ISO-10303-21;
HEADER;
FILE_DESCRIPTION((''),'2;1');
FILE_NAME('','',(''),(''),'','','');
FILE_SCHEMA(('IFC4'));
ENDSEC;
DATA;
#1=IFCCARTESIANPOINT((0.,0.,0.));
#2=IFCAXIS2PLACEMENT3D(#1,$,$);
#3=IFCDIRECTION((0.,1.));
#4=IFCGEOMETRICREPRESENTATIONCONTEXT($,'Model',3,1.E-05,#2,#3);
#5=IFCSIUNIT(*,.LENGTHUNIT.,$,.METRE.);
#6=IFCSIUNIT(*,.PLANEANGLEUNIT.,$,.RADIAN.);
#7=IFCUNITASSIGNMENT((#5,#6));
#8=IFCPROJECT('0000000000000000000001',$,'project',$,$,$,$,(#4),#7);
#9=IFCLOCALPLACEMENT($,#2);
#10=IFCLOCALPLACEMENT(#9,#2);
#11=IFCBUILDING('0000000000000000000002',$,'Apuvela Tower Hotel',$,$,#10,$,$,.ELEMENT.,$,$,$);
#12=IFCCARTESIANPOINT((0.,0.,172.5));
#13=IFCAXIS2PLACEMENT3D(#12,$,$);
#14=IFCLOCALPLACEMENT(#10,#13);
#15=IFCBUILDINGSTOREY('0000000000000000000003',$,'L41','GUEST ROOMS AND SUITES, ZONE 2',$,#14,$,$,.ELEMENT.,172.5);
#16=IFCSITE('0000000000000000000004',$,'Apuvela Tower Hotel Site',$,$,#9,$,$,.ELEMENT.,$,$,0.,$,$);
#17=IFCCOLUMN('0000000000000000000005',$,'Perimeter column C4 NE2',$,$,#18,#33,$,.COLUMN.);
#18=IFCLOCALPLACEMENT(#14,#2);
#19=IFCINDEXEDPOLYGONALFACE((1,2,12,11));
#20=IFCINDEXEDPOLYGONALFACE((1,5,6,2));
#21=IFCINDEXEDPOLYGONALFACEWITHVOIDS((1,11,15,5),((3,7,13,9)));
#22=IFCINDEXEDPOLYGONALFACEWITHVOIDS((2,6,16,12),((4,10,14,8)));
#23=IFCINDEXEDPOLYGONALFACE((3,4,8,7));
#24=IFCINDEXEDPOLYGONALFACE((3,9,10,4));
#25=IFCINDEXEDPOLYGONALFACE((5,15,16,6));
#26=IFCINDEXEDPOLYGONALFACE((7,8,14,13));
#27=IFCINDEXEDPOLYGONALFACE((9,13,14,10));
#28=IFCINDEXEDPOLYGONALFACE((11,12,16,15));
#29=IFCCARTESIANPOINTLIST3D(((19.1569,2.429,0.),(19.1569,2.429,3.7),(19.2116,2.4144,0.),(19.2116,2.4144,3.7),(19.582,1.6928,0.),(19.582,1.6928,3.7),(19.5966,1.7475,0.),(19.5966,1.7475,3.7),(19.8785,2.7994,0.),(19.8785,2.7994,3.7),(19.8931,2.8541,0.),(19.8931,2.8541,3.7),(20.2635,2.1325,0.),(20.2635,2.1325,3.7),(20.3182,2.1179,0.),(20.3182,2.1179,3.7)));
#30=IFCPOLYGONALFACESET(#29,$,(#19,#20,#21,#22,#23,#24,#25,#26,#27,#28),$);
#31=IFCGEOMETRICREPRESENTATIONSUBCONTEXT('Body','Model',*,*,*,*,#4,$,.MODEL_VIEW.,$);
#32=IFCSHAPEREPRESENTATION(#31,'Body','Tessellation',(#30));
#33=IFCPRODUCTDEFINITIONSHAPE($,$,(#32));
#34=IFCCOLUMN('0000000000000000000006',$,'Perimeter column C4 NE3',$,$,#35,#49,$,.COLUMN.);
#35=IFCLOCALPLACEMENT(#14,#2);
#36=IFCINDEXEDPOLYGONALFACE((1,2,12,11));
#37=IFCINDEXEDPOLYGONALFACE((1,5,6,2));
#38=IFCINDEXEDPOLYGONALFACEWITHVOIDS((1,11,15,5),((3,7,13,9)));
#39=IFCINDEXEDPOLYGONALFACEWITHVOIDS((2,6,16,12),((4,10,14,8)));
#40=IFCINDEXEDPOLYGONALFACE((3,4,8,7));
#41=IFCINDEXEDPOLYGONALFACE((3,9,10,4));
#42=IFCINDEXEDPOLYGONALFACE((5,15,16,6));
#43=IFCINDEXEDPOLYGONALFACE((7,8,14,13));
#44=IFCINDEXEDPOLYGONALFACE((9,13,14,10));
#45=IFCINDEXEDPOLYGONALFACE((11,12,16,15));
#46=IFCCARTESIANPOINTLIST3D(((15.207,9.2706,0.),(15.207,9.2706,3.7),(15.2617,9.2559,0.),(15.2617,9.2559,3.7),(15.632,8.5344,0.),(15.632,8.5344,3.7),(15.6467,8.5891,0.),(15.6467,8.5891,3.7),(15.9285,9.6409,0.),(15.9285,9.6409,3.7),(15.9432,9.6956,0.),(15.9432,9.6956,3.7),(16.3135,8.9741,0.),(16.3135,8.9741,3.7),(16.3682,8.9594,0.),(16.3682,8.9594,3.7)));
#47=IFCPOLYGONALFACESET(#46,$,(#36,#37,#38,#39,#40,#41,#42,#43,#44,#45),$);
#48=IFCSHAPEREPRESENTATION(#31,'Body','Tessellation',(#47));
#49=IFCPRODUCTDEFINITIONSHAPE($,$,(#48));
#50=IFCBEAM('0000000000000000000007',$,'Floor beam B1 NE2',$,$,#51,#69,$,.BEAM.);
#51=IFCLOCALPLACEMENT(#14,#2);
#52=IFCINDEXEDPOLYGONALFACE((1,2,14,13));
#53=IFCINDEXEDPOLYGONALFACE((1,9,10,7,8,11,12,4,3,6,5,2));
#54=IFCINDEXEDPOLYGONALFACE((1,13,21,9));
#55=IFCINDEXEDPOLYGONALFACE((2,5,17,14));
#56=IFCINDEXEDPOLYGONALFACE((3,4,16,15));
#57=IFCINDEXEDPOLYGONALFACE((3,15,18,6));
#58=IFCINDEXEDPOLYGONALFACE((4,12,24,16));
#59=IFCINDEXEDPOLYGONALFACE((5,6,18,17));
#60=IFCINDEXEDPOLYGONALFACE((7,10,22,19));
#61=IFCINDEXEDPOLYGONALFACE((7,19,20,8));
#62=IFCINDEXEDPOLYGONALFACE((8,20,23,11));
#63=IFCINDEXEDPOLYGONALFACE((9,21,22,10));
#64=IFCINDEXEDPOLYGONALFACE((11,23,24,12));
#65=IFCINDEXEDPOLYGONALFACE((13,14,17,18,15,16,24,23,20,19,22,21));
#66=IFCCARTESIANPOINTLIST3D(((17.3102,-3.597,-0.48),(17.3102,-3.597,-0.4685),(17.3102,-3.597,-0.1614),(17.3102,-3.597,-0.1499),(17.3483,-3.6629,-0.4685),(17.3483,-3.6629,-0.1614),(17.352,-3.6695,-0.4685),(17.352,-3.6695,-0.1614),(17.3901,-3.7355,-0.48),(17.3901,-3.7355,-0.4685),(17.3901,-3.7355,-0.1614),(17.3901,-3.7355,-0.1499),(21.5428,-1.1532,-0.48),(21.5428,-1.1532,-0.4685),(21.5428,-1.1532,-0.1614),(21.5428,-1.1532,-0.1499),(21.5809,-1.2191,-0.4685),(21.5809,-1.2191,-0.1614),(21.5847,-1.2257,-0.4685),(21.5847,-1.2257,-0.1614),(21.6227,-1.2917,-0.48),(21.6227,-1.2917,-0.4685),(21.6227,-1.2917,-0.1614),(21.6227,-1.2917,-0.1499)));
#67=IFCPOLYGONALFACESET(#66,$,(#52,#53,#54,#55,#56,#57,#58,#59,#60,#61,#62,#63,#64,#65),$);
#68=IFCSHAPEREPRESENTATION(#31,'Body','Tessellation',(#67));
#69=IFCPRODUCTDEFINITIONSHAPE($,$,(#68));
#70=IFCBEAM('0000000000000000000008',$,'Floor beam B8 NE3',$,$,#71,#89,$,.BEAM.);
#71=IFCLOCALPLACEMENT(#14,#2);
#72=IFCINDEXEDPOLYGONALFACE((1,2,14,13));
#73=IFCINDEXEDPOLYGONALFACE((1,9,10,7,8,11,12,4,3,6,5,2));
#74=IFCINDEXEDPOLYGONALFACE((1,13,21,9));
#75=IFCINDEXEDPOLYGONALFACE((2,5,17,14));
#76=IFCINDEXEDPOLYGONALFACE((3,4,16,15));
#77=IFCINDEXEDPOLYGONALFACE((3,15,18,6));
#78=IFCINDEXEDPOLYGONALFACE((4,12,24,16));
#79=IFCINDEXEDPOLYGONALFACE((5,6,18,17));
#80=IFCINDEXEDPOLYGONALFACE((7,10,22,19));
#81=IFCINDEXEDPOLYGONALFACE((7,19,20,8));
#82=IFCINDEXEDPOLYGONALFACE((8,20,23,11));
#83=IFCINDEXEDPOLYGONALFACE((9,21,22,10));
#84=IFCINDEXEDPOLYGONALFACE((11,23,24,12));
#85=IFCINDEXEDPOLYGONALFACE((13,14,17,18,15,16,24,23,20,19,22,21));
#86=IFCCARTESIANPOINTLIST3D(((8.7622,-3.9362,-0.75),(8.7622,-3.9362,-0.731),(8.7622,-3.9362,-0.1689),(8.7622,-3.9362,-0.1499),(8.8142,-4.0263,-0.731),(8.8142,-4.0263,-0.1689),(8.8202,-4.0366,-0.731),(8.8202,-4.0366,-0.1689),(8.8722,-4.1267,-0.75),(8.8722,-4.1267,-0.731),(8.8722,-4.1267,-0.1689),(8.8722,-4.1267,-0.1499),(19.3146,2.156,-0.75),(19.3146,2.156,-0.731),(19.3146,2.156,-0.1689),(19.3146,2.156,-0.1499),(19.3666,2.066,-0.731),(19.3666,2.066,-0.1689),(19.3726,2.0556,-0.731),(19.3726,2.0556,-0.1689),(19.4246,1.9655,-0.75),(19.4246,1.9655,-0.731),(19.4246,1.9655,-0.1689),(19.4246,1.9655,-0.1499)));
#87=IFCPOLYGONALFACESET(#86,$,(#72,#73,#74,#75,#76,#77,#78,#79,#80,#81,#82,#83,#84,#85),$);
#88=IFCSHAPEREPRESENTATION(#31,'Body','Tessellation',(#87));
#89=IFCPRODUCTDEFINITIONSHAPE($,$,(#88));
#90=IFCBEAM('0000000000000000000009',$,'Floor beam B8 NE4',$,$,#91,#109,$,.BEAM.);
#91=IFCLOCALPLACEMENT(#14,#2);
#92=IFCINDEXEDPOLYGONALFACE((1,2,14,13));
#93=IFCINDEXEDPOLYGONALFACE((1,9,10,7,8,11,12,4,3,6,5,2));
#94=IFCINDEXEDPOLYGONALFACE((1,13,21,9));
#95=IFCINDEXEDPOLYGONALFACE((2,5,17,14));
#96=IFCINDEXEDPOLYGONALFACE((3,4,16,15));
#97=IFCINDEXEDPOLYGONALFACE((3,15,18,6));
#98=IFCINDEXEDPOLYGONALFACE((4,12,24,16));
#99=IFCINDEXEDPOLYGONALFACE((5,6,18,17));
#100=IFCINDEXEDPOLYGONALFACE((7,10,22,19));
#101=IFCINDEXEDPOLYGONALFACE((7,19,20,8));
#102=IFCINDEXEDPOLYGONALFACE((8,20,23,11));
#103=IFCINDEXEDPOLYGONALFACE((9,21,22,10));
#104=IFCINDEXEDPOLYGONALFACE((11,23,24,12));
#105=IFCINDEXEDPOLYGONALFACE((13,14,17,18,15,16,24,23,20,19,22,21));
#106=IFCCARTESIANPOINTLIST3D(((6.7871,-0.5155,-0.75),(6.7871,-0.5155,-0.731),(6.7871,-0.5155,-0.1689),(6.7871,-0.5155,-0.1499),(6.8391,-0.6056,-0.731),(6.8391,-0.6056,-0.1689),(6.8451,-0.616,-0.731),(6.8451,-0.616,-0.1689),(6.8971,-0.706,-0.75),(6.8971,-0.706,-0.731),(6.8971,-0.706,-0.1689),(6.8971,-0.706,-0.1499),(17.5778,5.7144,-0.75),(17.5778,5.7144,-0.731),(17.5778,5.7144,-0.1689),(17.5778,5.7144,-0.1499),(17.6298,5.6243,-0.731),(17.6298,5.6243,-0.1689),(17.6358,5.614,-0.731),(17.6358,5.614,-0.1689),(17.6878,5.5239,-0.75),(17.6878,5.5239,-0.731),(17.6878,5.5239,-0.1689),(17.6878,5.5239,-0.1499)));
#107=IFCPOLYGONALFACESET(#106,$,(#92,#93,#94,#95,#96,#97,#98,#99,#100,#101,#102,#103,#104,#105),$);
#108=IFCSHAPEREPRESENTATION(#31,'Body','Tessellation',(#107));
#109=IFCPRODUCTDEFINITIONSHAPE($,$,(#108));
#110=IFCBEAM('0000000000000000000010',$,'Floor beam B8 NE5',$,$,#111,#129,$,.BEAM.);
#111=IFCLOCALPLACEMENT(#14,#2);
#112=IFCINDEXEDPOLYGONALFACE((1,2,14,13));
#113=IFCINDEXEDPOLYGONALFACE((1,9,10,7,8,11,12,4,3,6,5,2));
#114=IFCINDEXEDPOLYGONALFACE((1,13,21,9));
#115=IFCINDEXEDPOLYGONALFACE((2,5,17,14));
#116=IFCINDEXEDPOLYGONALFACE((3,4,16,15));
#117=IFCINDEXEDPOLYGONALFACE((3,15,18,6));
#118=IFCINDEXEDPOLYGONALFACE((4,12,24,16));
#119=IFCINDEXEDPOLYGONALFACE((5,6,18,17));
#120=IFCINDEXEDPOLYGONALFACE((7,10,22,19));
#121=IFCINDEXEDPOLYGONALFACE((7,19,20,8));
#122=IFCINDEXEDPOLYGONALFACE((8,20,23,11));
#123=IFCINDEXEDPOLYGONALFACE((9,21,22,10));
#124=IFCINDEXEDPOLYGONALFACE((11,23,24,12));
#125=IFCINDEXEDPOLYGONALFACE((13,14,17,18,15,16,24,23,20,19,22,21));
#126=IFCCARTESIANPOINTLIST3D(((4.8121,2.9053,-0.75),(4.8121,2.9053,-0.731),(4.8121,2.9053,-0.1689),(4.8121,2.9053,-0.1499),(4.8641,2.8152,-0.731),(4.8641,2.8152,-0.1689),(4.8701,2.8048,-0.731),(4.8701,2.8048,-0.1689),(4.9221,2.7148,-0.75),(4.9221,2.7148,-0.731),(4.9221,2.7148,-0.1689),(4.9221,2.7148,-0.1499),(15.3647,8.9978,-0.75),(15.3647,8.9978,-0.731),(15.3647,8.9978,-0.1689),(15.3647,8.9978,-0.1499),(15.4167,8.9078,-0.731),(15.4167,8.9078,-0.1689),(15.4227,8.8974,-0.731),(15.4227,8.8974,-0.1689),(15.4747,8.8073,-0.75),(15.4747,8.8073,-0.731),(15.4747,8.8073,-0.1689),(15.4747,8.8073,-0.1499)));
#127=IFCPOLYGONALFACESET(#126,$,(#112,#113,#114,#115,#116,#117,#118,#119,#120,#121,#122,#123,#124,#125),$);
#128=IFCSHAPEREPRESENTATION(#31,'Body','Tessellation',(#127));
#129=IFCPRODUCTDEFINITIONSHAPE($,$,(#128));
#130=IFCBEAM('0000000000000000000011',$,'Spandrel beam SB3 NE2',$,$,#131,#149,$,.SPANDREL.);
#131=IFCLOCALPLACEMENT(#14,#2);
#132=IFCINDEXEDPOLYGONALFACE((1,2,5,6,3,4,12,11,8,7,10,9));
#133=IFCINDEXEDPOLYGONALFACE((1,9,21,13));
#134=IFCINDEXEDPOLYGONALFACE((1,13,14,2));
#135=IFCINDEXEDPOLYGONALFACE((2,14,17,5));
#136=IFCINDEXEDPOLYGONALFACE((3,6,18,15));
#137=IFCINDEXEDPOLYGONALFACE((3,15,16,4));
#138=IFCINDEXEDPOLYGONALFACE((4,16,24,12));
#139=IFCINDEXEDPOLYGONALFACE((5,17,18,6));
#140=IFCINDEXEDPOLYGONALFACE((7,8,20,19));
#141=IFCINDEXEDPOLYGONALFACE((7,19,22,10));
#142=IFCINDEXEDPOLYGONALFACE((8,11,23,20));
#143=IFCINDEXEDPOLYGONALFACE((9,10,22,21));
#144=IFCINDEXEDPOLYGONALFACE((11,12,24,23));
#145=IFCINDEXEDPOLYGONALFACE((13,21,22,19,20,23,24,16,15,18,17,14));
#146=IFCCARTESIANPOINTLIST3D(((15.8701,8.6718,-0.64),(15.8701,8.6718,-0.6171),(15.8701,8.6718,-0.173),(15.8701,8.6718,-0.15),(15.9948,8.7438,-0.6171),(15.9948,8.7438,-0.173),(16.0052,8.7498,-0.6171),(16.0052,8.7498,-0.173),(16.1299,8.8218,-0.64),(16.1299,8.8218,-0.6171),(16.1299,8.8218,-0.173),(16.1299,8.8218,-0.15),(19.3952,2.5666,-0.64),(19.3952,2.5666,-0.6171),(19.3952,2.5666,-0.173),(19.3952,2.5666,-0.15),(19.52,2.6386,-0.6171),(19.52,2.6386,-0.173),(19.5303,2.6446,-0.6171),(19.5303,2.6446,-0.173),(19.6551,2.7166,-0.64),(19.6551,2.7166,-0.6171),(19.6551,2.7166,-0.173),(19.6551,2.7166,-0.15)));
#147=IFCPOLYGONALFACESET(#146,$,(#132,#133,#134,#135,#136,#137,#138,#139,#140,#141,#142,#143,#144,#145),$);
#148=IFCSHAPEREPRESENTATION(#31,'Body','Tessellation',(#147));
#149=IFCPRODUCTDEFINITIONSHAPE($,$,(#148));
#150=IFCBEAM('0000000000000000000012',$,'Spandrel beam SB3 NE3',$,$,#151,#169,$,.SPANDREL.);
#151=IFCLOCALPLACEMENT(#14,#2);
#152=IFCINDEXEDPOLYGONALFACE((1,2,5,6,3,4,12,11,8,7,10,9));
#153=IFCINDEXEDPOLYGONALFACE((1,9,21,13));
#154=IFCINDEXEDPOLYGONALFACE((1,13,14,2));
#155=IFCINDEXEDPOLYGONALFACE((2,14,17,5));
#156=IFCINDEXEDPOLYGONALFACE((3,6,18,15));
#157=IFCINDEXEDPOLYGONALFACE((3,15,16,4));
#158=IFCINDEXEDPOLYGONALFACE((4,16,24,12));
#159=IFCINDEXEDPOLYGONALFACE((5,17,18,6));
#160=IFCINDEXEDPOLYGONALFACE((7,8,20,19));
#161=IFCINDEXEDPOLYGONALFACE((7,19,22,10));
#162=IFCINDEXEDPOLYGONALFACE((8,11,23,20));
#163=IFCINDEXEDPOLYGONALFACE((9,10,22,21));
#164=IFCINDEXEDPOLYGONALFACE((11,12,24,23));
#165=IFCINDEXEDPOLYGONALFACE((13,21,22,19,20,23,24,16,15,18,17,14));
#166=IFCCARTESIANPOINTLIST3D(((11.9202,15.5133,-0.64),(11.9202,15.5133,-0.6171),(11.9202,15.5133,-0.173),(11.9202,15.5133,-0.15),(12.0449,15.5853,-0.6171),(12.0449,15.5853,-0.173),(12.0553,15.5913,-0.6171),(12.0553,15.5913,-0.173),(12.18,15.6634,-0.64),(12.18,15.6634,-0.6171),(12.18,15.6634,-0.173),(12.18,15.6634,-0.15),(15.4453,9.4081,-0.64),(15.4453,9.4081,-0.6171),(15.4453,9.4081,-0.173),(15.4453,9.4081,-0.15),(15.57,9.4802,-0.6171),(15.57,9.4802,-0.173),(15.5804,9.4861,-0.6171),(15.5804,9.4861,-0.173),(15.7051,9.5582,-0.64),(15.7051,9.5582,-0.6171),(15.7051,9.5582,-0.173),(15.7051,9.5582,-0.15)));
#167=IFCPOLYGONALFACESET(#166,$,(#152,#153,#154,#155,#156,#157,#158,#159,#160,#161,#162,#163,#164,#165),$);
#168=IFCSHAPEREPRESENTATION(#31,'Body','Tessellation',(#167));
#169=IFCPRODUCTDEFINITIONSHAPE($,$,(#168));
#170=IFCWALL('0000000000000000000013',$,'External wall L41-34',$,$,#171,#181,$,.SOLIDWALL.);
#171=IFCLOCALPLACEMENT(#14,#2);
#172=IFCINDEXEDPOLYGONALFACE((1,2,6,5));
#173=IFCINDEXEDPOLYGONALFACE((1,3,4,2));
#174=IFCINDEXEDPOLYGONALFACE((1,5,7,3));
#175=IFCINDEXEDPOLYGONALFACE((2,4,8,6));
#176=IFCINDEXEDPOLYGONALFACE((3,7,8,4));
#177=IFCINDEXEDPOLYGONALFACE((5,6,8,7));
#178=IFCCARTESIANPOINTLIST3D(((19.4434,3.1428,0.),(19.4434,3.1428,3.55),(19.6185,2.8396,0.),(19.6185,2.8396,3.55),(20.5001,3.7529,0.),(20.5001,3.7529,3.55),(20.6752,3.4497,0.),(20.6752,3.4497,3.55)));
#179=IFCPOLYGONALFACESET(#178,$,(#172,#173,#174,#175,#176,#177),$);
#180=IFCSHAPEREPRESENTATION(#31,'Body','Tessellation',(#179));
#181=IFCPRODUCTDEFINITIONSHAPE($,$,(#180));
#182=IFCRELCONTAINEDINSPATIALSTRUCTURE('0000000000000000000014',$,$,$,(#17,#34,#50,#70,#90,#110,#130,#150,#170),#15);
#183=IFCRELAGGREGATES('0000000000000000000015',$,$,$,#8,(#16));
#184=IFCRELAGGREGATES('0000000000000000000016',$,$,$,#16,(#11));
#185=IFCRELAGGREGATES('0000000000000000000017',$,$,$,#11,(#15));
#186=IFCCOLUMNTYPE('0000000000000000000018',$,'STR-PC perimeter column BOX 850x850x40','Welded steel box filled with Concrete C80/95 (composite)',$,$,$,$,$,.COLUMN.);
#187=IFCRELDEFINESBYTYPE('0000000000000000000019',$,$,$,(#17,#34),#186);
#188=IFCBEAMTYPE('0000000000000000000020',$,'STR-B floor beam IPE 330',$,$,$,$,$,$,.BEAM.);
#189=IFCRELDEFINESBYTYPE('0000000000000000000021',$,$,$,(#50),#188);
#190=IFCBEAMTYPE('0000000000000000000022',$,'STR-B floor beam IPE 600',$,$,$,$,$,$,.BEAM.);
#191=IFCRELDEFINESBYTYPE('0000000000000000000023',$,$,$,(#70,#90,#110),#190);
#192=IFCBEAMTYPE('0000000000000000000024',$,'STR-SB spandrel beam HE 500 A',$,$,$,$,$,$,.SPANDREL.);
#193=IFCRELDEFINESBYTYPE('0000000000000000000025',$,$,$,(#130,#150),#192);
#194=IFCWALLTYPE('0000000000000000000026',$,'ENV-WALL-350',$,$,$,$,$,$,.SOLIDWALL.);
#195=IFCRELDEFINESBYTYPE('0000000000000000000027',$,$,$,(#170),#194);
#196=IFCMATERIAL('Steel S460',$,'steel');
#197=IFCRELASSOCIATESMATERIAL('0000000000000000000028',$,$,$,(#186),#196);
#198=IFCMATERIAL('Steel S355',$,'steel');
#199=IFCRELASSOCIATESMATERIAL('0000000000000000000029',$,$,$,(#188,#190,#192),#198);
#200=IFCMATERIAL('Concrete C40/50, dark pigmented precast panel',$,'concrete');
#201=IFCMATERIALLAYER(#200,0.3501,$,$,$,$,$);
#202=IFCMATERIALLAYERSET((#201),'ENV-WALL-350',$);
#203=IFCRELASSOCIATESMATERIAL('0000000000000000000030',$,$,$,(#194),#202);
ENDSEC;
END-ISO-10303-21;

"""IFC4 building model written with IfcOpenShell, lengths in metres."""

from ifc_helpers import new_model, si_unit, direction, frame, frame_2d, origin, origin_2d, place, context, subcontext, project, spatial, rectangle, hollow_rectangle, i_section, extrude, material, layer, layer_set, material_profile, profile_set, type_object, element, save


model = new_model("IFC4")

# Units and contexts
model_context = context("Model", 3, precision=1e-05, world=origin(), true_north=direction((0.0, 1.0)))
body_context = subcontext(model_context, "Body", "Model", "MODEL_VIEW")
ifc_project = project(units=[si_unit("LENGTHUNIT", "METRE"), si_unit("PLANEANGLEUNIT", "RADIAN")], contexts=[model_context])

# Site, building, storey
site_placement = place(None, origin())
site = spatial("IfcSite", under=ifc_project, at=site_placement, Name="Apuvela Tower Hotel Site", CompositionType="ELEMENT", RefElevation=0.0)
building_placement = place(site_placement, origin())
building = spatial("IfcBuilding", under=site, at=building_placement, Name="Apuvela Tower Hotel", CompositionType="ELEMENT")
storey_placement = place(building_placement, frame((0.0, 0.0, 172.5)))
storey = spatial("IfcBuildingStorey", under=building, at=storey_placement, Name="L41", Description="GUEST ROOMS AND SUITES, ZONE 2", CompositionType="ELEMENT", Elevation=172.5)

# Columns
ifc_material_1 = material(Name="Steel S460", Category="steel")
ifc_material_profile_1 = material_profile(ifc_material_1, hollow_rectangle(XDim=0.8501, YDim=0.8501, WallThickness=0.04, at=origin_2d()), Name="BOX 850x850x40")
ifc_material_2 = material(Name="Concrete C80/95", Category="concrete")
ifc_material_profile_2 = material_profile(ifc_material_2, rectangle(XDim=0.77, YDim=0.77, at=origin_2d()), Name="Concrete C80/95 infill")
ifc_profile_set_1 = profile_set([ifc_material_profile_1, ifc_material_profile_2], Name="Steel S460")
column_type = type_object("IfcColumnType", Name="STR-PC perimeter column BOX 850x850x40", Description="Welded steel box filled with Concrete C80/95 (composite)", PredefinedType="COLUMN", material=ifc_profile_set_1)
for number, where, z_axis, x_axis, name in (
    (1, (19.7375, 2.2734, 0.0), (0.0, 0.0, 1.0), (-0.5, 0.866025, 0.0), "Perimeter column C4 NE2"),
    (2, (15.7876, 9.115, 0.0), (0.0, 0.0, 1.0), (-0.5, 0.866025, 0.0), "Perimeter column C4 NE3"),
):
    element("IfcColumn", number, at=place(storey_placement, frame(where, z_axis=z_axis, x_axis=x_axis)), inside=storey, type_object=column_type, Name=name, PredefinedType="COLUMN", context=body_context, shape_type="SweptSolid", body=[
        extrude(hollow_rectangle(XDim=0.8501, YDim=0.8501, WallThickness=0.04, at=origin_2d()), origin(), (0.0, 0.0, 1.0), 3.7),
    ])

# Beams
ifc_material_3 = material(Name="Steel S355", Category="steel")
ifc_material_profile_3 = material_profile(ifc_material_3, i_section(OverallWidth=0.1599, OverallDepth=0.3301, WebThickness=0.0076, FlangeThickness=0.0115, at=origin_2d()), Name="IPE 330")
ifc_profile_set_2 = profile_set([ifc_material_profile_3], Name="Steel S355")
beam_type_1 = type_object("IfcBeamType", Name="STR-B floor beam IPE 330", PredefinedType="BEAM", material=ifc_profile_set_2)
beam_1_placement = place(storey_placement, frame((21.5828, -1.2224, -0.3149), z_axis=(-0.866015, -0.500018, 0.0), x_axis=(0.500018, -0.866015, 0.0)))
element("IfcBeam", 3, at=beam_1_placement, inside=storey, type_object=beam_type_1, Name="Floor beam B1 NE2", PredefinedType="BEAM", context=body_context, shape_type="SweptSolid", body=[
    extrude(i_section(OverallWidth=0.1599, OverallDepth=0.3301, WebThickness=0.0076, FlangeThickness=0.0115, at=origin_2d()), origin(), (0.0, 0.0, 1.0), 4.8875),
])
ifc_material_profile_4 = material_profile(ifc_material_3, i_section(OverallWidth=0.22, OverallDepth=0.6001, WebThickness=0.012, FlangeThickness=0.019, at=origin_2d()), Name="IPE 600")
ifc_profile_set_3 = profile_set([ifc_material_profile_4], Name="Steel S355")
beam_type_2 = type_object("IfcBeamType", Name="STR-B floor beam IPE 600", PredefinedType="BEAM", material=ifc_profile_set_3)
beam_2_placement = place(storey_placement, frame((19.3696, 2.0608, -0.45), z_axis=(-0.866032, -0.499988, 0.0), x_axis=(0.499988, -0.866032, 0.0)))
element("IfcBeam", 4, at=beam_2_placement, inside=storey, type_object=beam_type_2, Name="Floor beam B8 NE3", PredefinedType="BEAM", context=body_context, shape_type="SweptSolid", body=[
    extrude(i_section(OverallWidth=0.22, OverallDepth=0.6001, WebThickness=0.012, FlangeThickness=0.019, at=origin_2d()), origin(), (0.0, 0.0, 1.0), 12.1848),
])
beam_3_placement = place(storey_placement, frame((17.6328, 5.6191, -0.45), z_axis=(-0.866028, -0.499996, 0.0), x_axis=(0.499996, -0.866028, 0.0)))
element("IfcBeam", 5, at=beam_3_placement, inside=storey, type_object=beam_type_2, Name="Floor beam B8 NE4", PredefinedType="BEAM", context=body_context, shape_type="SweptSolid", body=[
    extrude(i_section(OverallWidth=0.22, OverallDepth=0.6001, WebThickness=0.012, FlangeThickness=0.019, at=origin_2d()), origin(), (0.0, 0.0, 1.0), 12.46),
])
beam_4_placement = place(storey_placement, frame((15.4197, 8.9026, -0.45), z_axis=(-0.866024, -0.500003, 0.0), x_axis=(0.500003, -0.866024, 0.0)))
element("IfcBeam", 6, at=beam_4_placement, inside=storey, type_object=beam_type_2, Name="Floor beam B8 NE5", PredefinedType="BEAM", context=body_context, shape_type="SweptSolid", body=[
    extrude(i_section(OverallWidth=0.22, OverallDepth=0.6001, WebThickness=0.012, FlangeThickness=0.019, at=origin_2d()), origin(), (0.0, 0.0, 1.0), 12.1851),
])
ifc_material_profile_5 = material_profile(ifc_material_3, i_section(OverallWidth=0.3, OverallDepth=0.49, WebThickness=0.012, FlangeThickness=0.0229, at=origin_2d()), Name="HE 500 A")
ifc_profile_set_4 = profile_set([ifc_material_profile_5], Name="Steel S355")
beam_type_3 = type_object("IfcBeamType", Name="STR-SB spandrel beam HE 500 A", PredefinedType="SPANDREL", material=ifc_profile_set_4)
for number, where, z_axis, x_axis, name in (
    (7, (19.5251, 2.6416, -0.395), (-0.500031, 0.866007, 0.0), (-0.866007, -0.500031, 0.0), "Spandrel beam SB3 NE2"),
    (8, (15.5752, 9.4832, -0.395), (-0.500031, 0.866007, 0.0), (-0.866007, -0.500031, 0.0), "Spandrel beam SB3 NE3"),
):
    element("IfcBeam", number, at=place(storey_placement, frame(where, z_axis=z_axis, x_axis=x_axis)), inside=storey, type_object=beam_type_3, Name=name, PredefinedType="SPANDREL", context=body_context, shape_type="SweptSolid", body=[
        extrude(i_section(OverallWidth=0.3, OverallDepth=0.49, WebThickness=0.012, FlangeThickness=0.0229, at=origin_2d()), origin(), (0.0, 0.0, 1.0), 7.0498),
    ])

# Wall
ifc_material_4 = material(Name="Concrete C40/50, dark pigmented precast panel", Category="concrete")
ifc_layer_1 = layer(ifc_material_4, 0.3501)
ifc_layer_set_1 = layer_set([ifc_layer_1], Name="ENV-WALL-350")
wall_type_1 = type_object("IfcWallType", Name="ENV-WALL-350", PredefinedType="SOLIDWALL", material=ifc_layer_set_1)
wall_1_placement = place(storey_placement, frame((20.5876, 3.6013, 0.0), z_axis=(0.0, 0.0, 1.0), x_axis=(-0.866006, -0.500034, 0.0)))
element("IfcWall", 9, at=wall_1_placement, inside=storey, type_object=wall_type_1, Name="External wall L41-34", PredefinedType="SOLIDWALL", context=body_context, shape_type="SweptSolid", body=[
    extrude(rectangle(XDim=1.2202, YDim=0.3501, at=frame_2d((0.6101, 0.0))), origin(), (0.0, 0.0, 1.0), 3.55),
])

save(model, "model.ifc")
